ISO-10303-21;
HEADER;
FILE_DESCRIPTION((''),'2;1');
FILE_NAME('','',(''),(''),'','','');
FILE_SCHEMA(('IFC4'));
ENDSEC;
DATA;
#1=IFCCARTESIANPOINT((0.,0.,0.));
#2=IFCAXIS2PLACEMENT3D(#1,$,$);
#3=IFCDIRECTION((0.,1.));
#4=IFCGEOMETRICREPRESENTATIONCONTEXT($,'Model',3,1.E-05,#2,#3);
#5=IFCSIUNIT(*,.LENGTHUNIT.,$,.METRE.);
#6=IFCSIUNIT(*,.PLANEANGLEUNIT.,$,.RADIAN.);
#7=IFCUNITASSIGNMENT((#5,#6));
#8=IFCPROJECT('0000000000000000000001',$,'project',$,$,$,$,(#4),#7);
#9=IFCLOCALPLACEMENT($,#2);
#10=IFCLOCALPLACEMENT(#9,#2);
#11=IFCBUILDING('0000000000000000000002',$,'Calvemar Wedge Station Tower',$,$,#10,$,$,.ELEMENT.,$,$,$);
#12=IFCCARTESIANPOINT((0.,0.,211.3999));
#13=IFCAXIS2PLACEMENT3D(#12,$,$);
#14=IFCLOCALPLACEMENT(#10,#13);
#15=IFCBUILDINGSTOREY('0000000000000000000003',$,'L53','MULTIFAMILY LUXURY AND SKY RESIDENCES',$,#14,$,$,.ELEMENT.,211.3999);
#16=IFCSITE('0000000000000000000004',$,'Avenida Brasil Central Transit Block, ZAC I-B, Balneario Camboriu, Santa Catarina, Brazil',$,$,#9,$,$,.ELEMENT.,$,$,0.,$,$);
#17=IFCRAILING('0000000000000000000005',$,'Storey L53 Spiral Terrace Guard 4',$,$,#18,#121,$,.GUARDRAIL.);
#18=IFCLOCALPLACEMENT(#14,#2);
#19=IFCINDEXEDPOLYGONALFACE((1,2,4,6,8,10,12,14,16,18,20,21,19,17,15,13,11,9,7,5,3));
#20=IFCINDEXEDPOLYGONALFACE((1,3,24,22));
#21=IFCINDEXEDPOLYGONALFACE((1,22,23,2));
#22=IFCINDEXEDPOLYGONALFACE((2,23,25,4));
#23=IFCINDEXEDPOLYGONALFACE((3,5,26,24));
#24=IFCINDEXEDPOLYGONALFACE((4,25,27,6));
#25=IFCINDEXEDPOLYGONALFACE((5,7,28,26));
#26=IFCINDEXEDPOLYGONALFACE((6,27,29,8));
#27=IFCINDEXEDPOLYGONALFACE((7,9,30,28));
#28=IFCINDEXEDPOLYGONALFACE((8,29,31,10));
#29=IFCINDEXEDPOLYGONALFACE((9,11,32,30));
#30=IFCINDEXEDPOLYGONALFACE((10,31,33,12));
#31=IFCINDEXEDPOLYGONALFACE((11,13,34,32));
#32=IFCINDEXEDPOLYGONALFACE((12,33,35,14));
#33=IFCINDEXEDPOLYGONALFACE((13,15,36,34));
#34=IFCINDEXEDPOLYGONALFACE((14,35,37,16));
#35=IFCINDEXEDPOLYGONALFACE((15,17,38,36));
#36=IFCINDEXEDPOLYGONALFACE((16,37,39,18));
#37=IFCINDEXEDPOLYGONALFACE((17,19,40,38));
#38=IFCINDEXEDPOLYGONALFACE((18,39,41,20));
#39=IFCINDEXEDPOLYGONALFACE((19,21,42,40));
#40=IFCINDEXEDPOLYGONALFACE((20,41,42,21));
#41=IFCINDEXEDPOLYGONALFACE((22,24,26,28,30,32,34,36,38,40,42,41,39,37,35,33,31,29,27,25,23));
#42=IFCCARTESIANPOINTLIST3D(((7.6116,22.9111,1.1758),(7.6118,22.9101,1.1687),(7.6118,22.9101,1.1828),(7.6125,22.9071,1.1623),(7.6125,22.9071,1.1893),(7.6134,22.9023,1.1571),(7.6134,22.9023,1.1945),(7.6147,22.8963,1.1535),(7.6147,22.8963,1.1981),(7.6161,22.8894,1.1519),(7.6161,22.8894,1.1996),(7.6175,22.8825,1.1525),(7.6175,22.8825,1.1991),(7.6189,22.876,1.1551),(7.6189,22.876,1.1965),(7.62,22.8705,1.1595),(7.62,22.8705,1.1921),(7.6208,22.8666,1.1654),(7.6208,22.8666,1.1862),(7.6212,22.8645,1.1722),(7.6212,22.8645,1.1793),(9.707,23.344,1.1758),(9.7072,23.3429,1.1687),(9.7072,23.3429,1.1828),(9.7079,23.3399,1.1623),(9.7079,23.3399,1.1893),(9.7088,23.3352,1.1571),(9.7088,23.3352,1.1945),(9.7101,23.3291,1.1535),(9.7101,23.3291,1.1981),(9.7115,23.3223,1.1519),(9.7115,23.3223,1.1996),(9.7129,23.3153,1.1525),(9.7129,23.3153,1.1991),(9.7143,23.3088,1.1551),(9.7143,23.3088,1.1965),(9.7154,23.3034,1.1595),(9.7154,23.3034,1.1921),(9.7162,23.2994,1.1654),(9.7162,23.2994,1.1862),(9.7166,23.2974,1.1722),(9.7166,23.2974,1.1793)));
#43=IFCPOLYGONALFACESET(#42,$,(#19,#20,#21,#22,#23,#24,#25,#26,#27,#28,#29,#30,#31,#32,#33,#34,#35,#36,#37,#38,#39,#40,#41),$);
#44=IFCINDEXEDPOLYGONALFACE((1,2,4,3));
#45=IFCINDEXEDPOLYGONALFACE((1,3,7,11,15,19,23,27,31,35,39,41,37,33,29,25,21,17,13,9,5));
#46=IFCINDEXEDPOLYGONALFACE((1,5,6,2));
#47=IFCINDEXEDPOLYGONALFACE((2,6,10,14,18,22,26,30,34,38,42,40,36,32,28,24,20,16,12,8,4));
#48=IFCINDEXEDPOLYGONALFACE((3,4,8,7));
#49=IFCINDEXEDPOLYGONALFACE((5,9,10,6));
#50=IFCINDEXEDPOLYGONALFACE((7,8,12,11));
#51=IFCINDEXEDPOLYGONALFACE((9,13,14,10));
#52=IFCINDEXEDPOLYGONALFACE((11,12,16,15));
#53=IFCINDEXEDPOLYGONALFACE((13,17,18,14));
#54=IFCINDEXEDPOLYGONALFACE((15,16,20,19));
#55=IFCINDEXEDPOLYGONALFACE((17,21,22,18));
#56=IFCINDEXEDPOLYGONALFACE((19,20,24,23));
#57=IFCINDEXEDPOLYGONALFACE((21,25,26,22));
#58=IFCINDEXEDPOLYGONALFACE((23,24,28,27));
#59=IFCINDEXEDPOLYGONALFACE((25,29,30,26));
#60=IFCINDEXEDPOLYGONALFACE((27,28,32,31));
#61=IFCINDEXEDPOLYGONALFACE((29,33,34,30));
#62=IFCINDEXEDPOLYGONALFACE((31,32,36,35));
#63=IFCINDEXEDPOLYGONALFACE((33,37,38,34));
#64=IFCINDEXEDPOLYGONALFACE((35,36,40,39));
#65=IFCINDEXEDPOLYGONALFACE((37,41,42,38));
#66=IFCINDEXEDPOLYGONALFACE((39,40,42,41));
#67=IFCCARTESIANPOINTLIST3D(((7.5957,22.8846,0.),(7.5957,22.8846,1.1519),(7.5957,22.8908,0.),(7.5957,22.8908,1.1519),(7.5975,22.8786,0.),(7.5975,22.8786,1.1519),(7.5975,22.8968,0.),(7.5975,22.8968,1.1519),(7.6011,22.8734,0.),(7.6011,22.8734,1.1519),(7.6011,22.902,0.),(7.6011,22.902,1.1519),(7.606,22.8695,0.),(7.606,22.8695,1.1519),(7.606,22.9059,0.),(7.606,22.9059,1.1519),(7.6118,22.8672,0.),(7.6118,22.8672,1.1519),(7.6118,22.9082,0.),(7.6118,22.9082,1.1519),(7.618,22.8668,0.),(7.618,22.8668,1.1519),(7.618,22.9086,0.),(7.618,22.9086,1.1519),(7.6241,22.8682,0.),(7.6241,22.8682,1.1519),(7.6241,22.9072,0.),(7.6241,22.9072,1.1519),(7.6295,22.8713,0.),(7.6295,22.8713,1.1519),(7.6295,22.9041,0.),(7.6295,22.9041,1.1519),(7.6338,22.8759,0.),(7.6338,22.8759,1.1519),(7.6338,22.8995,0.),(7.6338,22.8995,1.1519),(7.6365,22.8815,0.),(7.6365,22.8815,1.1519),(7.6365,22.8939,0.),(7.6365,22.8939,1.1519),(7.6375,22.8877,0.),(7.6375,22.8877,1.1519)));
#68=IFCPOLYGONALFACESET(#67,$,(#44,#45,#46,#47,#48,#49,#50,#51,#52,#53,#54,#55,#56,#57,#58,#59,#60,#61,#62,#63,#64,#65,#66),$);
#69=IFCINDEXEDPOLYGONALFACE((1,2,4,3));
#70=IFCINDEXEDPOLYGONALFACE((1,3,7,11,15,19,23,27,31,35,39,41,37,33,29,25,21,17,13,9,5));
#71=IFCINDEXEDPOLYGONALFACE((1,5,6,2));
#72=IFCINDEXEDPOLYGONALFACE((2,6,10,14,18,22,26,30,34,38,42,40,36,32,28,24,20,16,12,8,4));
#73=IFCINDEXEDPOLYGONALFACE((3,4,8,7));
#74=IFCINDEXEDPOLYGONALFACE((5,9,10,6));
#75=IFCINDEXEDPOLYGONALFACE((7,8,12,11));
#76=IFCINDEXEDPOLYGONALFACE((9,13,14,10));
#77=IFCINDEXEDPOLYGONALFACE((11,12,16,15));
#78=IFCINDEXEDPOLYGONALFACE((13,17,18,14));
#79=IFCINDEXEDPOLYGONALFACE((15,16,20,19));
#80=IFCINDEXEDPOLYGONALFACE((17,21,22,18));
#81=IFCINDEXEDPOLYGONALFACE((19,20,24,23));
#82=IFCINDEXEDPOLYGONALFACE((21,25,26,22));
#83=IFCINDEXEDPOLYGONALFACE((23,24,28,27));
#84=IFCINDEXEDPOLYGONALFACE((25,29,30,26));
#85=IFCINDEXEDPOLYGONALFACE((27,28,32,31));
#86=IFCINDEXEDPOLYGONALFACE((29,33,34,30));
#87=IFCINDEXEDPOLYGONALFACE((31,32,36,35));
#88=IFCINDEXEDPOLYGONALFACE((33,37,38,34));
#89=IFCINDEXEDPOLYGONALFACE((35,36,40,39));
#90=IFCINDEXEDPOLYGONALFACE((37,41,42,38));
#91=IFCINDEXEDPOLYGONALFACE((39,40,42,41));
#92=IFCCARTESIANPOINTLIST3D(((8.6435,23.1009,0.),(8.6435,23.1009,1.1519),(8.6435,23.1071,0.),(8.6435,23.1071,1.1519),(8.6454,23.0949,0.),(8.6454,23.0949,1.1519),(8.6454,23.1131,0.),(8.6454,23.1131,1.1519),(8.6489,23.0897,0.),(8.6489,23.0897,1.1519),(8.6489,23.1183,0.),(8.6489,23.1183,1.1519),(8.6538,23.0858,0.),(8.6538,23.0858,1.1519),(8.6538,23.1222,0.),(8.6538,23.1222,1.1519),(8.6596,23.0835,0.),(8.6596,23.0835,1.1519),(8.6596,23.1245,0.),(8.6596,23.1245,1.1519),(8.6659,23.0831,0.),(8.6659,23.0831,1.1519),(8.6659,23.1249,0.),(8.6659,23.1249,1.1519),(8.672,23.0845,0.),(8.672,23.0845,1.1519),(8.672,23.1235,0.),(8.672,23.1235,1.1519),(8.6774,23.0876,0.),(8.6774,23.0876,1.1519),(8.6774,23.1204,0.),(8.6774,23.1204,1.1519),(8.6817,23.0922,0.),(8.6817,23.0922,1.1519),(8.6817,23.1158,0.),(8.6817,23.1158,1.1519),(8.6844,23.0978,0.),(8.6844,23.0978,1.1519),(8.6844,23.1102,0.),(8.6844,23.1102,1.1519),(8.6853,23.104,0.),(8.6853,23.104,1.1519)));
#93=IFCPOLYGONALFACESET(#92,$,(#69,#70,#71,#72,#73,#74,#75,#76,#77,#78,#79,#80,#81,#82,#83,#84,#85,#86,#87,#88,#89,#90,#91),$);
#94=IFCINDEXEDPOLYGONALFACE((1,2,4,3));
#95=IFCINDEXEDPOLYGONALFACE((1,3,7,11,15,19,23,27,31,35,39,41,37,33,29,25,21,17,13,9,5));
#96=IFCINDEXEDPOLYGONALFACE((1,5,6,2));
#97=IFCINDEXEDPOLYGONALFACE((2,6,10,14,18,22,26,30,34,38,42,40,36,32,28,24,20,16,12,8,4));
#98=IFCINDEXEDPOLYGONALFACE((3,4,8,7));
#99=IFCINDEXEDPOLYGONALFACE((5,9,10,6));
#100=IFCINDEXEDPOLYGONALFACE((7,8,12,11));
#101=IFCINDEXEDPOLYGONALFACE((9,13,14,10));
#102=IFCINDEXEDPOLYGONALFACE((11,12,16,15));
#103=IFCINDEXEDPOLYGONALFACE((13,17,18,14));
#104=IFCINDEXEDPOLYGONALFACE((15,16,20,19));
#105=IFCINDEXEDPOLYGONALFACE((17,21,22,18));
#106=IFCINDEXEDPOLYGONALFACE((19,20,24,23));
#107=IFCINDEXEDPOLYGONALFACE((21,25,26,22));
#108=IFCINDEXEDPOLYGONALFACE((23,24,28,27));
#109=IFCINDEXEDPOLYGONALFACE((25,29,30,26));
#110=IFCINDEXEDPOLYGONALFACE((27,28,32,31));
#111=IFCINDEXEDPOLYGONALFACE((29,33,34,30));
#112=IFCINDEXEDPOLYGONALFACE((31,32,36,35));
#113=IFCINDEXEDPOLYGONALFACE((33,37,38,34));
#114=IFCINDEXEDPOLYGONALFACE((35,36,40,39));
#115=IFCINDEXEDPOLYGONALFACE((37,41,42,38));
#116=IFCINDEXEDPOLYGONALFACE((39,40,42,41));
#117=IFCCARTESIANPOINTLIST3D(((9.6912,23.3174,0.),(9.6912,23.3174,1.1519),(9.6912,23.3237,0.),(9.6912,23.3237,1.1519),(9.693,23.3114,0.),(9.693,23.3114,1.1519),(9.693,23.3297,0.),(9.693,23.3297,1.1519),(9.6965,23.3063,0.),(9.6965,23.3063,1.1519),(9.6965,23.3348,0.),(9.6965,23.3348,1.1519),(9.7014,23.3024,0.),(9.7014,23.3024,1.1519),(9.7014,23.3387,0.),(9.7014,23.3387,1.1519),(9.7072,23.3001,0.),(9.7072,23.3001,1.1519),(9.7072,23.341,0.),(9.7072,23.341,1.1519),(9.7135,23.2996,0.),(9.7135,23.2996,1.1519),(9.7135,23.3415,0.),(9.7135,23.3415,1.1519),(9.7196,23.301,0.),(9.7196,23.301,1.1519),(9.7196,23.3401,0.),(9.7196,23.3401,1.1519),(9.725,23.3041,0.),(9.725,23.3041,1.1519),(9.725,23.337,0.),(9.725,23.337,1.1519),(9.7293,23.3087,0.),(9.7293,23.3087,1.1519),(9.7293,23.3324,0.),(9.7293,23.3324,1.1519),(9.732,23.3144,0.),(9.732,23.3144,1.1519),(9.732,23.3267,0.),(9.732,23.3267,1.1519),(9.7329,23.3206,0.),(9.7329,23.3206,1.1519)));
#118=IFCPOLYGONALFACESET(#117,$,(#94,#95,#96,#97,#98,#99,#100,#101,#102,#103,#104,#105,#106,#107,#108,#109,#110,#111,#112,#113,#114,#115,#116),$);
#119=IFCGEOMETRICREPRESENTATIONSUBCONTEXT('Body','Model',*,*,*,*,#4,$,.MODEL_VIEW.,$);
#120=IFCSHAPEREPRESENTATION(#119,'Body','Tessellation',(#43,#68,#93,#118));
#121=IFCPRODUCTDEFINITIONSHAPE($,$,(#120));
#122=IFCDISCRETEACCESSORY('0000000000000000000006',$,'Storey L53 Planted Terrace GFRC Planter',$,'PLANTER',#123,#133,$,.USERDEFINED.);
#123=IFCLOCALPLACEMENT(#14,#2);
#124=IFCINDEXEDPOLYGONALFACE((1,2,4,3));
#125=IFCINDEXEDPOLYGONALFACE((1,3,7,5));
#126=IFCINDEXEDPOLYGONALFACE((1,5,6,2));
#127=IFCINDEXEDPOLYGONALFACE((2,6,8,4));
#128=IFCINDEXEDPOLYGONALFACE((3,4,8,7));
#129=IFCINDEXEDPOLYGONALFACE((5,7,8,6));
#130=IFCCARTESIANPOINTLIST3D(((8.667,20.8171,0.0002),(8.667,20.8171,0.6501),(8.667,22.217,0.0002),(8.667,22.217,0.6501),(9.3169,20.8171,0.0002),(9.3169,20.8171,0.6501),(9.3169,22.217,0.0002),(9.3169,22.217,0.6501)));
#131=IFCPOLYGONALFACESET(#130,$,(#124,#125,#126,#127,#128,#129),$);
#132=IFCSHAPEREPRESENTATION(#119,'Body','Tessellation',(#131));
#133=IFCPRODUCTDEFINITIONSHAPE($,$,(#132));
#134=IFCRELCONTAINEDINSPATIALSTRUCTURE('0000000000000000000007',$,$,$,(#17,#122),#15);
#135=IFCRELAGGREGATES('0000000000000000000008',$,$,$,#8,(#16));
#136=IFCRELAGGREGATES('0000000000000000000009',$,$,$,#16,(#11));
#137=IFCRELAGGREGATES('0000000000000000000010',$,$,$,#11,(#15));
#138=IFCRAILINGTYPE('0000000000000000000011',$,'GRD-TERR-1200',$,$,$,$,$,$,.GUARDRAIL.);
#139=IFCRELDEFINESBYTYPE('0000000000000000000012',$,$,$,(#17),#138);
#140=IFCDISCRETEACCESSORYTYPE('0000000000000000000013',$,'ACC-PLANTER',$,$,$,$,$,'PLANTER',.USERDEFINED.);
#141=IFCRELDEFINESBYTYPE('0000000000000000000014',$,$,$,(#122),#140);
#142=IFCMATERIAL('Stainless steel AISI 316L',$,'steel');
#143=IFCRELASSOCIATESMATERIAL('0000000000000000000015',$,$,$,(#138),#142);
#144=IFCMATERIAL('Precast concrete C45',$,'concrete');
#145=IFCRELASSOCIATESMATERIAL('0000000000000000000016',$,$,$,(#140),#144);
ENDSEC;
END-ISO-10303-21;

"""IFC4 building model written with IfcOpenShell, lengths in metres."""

from ifc_helpers import new_model, si_unit, direction, frame, origin, origin_2d, place, context, subcontext, project, spatial, rectangle, circle, extrude, source, transform, mapped, material, type_object, element, save


model = new_model("IFC4")

# Units and contexts
model_context = context("Model", 3, precision=1e-05, world=origin(), true_north=direction((0.0, 1.0)))
body_context = subcontext(model_context, "Body", "Model", "MODEL_VIEW")
ifc_project = project(units=[si_unit("LENGTHUNIT", "METRE"), si_unit("PLANEANGLEUNIT", "RADIAN")], contexts=[model_context])

# Site, building, storey
site_placement = place(None, origin())
site = spatial("IfcSite", under=ifc_project, at=site_placement, Name="Avenida Brasil Central Transit Block, ZAC I-B, Balneario Camboriu, Santa Catarina, Brazil", CompositionType="ELEMENT", RefElevation=0.0)
building_placement = place(site_placement, origin())
building = spatial("IfcBuilding", under=site, at=building_placement, Name="Calvemar Wedge Station Tower", CompositionType="ELEMENT")
storey_placement = place(building_placement, frame((0.0, 0.0, 211.3999)))
storey = spatial("IfcBuildingStorey", under=building, at=storey_placement, Name="L53", Description="MULTIFAMILY LUXURY AND SKY RESIDENCES", CompositionType="ELEMENT", Elevation=211.3999)

# Shared definitions
ifc_material_1 = material(Name="Precast concrete C45", Category="concrete")

# Railing
ifc_material_2 = material(Name="Stainless steel AISI 316L", Category="steel")
railing_type = type_object("IfcRailingType", Name="GRD-TERR-1200", PredefinedType="GUARDRAIL", material=ifc_material_2)
railing_1_placement = place(storey_placement, frame((7.6165, 22.8877, 0.0)))
element("IfcRailing", 1, at=railing_1_placement, inside=storey, type_object=railing_type, Name="Storey L53 Spiral Terrace Guard 4", PredefinedType="GUARDRAIL", context=body_context, shape_type="SweptSolid", body=[
    extrude(circle(Radius=0.0239, at=origin_2d()), frame((0.0, 0.0, 1.1758), z_axis=(0.979324, 0.2023, 0.0), x_axis=(-0.2023, 0.979324, 0.0)), (0.0, 0.0, 1.0), 2.1396),
    extrude(circle(Radius=0.021, at=origin_2d()), origin(), (0.0, 0.0, 1.0), 1.1519),
    extrude(circle(Radius=0.021, at=origin_2d()), frame((1.0479, 0.2163, 0.0)), (0.0, 0.0, 1.0), 1.1519),
    extrude(circle(Radius=0.021, at=origin_2d()), frame((2.0955, 0.4329, 0.0)), (0.0, 0.0, 1.0), 1.1519),
])

# Discrete accessory
discrete_accessory_type = type_object("IfcDiscreteAccessoryType", Name="ACC-PLANTER", ElementType="PLANTER", PredefinedType="USERDEFINED", material=ifc_material_1)
shared_shape_1 = source(origin(), body_context, "Body", "SweptSolid", [
    extrude(rectangle(XDim=0.6499, YDim=1.3999, at=origin_2d()), origin(), (0.0, 0.0, 1.0), 0.6499),
])
discrete_accessory_placement = place(storey_placement, frame((8.9919, 21.5171, 0.0002), z_axis=(0.0, 0.0, 1.0), x_axis=(1.0, 0.0, 0.0)))
element("IfcDiscreteAccessory", 2, at=discrete_accessory_placement, inside=storey, type_object=discrete_accessory_type, Name="Storey L53 Planted Terrace GFRC Planter", ObjectType="PLANTER", PredefinedType="USERDEFINED", context=body_context, shape_type="MappedRepresentation", body=[
    mapped(shared_shape_1, transform((0.0, 0.0, 0.0), scale=1.0)),
])

save(model, "model.ifc")
